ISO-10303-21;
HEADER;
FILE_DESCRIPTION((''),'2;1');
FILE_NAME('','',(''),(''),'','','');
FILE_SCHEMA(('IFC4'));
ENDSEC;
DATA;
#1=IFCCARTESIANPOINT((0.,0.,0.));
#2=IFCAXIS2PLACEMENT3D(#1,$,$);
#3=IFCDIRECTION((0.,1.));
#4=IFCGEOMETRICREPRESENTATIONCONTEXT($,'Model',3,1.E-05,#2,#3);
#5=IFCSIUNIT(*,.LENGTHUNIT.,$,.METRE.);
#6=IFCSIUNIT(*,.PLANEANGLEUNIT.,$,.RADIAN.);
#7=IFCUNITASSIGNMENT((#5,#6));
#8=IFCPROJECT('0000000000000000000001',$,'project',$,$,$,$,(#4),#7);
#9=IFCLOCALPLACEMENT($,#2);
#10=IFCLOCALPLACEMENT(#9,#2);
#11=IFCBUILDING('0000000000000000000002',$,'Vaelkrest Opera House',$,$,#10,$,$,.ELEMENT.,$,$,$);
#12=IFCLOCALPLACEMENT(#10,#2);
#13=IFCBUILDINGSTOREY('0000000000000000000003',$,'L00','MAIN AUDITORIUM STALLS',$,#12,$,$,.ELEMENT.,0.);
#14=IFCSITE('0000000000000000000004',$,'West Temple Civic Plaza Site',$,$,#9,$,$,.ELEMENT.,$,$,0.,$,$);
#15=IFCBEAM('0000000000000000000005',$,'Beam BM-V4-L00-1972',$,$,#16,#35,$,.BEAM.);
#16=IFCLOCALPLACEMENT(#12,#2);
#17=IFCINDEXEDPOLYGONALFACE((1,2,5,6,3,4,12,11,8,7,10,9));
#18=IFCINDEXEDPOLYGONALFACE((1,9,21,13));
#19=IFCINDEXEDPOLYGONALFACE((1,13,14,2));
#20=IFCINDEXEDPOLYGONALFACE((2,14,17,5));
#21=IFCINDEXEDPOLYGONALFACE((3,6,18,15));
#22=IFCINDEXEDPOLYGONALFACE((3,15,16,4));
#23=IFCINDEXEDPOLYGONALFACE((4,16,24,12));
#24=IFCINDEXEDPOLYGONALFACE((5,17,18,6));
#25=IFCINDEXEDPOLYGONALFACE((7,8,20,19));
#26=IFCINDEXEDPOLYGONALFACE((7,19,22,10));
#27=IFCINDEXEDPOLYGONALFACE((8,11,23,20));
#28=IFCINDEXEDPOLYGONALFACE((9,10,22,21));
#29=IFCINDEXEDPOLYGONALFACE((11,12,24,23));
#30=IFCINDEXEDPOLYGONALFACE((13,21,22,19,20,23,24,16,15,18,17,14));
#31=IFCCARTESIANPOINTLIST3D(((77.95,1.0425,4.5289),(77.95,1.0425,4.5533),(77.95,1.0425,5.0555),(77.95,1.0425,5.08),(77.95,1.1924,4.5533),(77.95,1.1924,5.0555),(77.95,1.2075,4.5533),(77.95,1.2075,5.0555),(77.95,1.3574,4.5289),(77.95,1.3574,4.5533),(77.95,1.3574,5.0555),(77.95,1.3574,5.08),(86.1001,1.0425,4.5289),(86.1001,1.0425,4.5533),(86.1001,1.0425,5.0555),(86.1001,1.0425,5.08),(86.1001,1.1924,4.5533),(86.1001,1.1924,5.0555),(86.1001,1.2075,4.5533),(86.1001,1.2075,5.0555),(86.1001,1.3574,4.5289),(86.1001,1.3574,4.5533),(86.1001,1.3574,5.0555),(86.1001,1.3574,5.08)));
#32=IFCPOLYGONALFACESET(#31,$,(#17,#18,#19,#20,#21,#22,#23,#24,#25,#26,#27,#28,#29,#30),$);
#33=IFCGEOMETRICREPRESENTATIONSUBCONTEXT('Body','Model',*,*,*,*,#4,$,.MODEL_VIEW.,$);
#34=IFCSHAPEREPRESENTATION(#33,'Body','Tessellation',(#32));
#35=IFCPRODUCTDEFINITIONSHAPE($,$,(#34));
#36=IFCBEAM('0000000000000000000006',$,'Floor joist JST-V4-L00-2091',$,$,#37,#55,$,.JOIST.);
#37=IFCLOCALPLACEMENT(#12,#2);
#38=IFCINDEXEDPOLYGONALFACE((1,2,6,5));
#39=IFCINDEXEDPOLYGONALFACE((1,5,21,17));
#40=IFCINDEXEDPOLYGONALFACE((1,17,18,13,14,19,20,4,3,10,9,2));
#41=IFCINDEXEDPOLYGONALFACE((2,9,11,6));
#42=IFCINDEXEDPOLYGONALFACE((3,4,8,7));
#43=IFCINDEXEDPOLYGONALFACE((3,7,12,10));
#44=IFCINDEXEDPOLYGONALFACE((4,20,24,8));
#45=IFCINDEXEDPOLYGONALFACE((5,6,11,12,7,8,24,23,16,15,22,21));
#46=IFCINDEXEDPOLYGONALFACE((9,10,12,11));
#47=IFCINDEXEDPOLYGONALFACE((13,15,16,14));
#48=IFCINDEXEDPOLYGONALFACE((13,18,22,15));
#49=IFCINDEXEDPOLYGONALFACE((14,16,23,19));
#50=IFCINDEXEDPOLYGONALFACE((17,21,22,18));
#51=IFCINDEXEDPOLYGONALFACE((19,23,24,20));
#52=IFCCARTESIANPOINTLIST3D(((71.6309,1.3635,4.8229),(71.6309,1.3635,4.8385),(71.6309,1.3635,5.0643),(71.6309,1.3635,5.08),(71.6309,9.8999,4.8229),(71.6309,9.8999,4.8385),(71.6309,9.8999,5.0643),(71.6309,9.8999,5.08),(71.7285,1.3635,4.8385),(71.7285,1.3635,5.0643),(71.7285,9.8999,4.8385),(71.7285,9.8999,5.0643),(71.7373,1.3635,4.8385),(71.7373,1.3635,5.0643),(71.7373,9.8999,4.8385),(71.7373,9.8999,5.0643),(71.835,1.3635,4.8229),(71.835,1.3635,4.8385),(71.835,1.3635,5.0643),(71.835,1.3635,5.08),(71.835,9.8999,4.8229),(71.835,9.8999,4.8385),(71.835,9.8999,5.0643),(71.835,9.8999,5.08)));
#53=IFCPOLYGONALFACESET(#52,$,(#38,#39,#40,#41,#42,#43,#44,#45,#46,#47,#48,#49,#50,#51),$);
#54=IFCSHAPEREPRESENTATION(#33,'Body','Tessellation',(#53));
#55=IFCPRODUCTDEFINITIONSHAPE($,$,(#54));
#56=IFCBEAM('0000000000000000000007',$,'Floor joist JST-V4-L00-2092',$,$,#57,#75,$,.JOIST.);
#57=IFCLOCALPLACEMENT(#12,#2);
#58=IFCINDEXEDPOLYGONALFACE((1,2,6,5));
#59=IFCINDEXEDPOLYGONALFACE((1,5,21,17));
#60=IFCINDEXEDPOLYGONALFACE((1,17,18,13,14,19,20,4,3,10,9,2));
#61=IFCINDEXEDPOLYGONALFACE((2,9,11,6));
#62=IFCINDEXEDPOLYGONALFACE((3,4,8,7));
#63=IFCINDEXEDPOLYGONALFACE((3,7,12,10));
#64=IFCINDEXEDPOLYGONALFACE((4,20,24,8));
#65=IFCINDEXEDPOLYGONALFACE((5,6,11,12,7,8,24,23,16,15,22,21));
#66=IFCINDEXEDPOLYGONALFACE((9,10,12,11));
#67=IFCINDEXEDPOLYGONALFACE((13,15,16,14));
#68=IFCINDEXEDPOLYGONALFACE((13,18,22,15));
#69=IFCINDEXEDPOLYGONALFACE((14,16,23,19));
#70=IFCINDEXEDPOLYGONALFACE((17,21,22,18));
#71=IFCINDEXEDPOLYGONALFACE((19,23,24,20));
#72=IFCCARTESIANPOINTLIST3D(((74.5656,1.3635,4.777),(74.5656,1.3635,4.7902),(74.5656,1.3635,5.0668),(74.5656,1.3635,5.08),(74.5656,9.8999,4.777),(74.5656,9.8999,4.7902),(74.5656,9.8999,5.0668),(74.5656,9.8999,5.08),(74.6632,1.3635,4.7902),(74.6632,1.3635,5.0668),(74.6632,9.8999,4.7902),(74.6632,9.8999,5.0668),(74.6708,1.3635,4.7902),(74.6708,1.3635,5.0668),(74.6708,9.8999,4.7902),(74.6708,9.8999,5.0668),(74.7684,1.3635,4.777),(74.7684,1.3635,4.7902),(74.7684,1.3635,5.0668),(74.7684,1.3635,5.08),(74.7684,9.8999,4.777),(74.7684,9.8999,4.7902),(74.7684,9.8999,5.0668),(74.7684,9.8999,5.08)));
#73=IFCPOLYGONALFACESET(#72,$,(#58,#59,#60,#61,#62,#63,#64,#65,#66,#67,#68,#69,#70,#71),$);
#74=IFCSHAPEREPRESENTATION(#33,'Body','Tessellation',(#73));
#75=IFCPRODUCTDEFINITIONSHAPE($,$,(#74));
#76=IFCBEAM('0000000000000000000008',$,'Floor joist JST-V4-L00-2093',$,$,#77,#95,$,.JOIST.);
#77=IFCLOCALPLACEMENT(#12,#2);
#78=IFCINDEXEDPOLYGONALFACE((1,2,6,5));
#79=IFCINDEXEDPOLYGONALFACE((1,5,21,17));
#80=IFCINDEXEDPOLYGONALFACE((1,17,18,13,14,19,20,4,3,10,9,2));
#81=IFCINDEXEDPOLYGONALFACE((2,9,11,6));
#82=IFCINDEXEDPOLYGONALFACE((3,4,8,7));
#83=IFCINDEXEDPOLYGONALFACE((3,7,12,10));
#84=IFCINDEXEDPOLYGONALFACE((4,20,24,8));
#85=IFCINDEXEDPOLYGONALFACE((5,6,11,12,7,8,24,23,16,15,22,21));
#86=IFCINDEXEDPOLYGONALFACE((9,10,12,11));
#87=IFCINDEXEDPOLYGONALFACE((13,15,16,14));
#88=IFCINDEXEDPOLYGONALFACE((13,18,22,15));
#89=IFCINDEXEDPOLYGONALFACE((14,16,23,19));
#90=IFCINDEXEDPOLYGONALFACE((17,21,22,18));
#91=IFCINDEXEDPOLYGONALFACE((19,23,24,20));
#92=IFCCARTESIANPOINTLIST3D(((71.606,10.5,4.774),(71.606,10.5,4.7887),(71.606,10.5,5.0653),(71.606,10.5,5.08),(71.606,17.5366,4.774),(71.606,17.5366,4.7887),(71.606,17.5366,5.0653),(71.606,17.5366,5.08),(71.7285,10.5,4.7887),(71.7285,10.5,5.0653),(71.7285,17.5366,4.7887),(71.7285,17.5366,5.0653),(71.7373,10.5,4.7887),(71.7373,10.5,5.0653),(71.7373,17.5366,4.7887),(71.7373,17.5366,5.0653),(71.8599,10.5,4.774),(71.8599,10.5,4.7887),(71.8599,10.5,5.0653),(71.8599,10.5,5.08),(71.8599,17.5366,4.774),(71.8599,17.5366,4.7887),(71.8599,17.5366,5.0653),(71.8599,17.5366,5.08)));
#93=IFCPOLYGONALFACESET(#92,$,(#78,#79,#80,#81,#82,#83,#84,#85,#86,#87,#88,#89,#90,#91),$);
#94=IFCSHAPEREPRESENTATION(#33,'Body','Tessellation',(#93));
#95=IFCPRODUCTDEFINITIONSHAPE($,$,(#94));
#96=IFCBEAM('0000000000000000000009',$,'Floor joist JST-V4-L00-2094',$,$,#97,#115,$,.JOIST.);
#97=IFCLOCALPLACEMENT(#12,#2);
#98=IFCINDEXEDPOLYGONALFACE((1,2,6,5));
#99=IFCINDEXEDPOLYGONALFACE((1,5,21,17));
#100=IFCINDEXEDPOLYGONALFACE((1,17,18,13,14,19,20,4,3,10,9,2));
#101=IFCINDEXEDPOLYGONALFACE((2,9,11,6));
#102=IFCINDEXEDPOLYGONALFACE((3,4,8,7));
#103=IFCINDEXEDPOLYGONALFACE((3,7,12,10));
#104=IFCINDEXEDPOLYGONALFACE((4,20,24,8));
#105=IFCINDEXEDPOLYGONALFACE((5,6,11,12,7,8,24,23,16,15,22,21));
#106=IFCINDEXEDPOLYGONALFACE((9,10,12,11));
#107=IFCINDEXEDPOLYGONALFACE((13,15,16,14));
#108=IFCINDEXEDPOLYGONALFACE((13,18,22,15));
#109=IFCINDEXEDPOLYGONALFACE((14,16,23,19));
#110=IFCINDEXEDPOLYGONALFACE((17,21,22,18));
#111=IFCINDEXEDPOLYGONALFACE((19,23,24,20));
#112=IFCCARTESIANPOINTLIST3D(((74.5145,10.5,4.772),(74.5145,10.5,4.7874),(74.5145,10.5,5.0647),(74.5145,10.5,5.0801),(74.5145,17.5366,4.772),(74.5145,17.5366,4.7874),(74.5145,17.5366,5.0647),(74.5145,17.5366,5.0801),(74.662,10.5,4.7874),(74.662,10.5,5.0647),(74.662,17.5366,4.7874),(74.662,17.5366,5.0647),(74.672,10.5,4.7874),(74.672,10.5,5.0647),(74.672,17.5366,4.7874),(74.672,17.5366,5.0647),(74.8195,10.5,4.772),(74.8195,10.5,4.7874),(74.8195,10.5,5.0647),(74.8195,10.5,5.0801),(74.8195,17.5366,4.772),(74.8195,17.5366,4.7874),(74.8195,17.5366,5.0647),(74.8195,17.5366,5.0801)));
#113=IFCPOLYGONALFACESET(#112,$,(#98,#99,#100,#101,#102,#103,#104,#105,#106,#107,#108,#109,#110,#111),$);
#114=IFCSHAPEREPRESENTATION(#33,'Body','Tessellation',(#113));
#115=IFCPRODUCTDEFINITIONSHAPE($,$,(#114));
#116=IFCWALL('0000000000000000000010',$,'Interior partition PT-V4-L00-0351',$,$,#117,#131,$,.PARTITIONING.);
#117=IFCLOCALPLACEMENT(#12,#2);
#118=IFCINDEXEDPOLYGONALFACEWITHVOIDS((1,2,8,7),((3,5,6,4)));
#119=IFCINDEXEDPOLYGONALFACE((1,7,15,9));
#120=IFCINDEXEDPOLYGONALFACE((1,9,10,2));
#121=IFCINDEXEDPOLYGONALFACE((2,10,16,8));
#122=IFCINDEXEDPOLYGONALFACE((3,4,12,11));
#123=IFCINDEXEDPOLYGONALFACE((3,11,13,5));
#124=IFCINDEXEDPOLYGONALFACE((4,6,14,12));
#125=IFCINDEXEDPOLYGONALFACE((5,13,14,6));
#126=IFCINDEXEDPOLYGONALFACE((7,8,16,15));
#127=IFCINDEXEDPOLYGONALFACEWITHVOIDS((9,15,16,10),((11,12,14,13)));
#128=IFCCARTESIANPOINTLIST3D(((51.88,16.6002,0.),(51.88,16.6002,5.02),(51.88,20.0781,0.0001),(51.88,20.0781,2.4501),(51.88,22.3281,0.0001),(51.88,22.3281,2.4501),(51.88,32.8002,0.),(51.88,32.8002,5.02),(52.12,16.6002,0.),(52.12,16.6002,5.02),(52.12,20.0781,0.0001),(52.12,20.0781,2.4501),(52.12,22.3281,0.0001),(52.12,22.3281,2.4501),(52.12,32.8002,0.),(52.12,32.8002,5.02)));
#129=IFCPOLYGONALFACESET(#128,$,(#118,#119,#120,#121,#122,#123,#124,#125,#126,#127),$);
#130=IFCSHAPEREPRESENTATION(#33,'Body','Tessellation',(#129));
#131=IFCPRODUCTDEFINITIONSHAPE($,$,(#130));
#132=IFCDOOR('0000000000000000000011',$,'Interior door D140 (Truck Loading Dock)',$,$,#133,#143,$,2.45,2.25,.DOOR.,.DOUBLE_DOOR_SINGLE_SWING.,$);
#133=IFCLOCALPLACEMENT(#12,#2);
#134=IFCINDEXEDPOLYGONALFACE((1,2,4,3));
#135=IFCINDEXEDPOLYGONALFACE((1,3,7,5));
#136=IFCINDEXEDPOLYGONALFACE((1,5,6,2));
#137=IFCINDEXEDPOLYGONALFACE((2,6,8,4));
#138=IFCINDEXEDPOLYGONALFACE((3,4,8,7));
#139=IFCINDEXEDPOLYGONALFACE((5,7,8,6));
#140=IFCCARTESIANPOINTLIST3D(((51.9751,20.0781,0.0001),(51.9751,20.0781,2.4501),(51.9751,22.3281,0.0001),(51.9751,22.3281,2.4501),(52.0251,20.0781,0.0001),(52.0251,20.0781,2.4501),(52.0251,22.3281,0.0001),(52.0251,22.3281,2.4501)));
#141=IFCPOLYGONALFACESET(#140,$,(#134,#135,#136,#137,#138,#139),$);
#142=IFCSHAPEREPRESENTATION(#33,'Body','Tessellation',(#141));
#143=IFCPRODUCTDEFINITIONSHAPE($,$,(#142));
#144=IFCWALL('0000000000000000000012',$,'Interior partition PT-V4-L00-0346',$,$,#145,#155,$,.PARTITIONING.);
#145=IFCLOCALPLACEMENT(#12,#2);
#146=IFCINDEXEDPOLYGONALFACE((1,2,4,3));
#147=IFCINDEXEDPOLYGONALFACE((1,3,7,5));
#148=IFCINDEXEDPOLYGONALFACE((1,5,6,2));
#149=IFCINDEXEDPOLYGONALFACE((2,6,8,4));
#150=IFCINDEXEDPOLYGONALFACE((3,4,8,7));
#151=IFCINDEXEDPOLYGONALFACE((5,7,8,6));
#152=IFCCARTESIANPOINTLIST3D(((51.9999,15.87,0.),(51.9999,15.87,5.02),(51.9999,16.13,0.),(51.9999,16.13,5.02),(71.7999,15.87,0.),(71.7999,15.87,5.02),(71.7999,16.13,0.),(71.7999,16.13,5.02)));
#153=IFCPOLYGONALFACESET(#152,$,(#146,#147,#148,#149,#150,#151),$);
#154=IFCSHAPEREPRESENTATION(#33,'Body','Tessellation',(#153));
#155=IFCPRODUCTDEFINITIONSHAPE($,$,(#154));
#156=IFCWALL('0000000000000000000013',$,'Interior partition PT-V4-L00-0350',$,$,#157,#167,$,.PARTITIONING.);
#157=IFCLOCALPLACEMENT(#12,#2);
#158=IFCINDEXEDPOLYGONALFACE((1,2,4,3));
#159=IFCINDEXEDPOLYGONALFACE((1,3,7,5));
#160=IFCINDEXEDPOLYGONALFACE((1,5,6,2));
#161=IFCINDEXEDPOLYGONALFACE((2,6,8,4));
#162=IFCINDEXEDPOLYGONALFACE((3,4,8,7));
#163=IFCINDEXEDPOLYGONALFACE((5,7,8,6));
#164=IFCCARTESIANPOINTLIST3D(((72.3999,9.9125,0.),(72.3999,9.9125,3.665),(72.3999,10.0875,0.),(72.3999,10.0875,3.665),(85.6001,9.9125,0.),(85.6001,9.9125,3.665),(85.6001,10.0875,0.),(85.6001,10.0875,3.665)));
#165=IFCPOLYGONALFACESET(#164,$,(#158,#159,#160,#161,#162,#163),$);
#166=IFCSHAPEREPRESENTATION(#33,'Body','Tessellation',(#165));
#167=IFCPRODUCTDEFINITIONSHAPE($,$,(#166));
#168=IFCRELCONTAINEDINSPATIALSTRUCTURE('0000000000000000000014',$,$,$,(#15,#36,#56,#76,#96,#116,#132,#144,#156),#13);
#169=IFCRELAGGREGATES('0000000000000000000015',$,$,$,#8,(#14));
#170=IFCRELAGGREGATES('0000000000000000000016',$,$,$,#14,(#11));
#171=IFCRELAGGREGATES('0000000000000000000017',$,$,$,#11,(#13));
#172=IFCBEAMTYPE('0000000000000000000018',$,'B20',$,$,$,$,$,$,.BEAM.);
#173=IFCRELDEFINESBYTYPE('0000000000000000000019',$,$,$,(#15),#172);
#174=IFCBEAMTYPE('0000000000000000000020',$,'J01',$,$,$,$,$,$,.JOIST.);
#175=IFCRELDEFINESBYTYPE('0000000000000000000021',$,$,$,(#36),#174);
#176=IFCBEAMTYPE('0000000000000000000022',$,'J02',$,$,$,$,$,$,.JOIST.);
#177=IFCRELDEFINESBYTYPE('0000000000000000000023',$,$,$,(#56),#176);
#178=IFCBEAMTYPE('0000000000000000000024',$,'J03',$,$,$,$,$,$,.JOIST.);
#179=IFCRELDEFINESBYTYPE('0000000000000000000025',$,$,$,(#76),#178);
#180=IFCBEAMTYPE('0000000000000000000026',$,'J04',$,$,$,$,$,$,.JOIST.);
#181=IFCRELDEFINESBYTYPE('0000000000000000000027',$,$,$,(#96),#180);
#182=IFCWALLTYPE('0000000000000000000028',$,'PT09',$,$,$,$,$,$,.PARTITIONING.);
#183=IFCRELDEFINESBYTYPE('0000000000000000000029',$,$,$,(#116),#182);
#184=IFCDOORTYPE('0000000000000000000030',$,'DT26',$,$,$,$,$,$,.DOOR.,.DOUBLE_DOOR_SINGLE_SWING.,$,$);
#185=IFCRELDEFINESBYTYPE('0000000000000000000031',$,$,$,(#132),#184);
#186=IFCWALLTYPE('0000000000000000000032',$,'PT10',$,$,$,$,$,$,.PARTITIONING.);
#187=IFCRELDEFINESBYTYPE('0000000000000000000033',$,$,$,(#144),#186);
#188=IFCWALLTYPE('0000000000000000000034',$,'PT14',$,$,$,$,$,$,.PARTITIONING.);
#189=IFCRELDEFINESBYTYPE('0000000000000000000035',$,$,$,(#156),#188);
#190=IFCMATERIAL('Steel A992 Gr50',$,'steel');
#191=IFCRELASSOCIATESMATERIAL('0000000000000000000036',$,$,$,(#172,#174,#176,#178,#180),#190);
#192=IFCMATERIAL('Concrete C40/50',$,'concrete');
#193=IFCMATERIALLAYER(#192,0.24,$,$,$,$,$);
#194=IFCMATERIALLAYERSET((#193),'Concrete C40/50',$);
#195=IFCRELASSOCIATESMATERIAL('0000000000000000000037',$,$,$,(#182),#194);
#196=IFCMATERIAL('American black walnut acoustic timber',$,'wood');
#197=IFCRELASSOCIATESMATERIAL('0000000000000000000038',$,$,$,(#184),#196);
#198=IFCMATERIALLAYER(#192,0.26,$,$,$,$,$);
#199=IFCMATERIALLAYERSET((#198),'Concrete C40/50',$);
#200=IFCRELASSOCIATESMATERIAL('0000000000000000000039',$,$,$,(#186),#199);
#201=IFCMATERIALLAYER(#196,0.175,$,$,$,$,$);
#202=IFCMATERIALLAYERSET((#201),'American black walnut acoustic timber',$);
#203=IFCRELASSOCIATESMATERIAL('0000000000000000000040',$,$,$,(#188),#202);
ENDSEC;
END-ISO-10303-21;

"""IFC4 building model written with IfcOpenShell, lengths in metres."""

from ifc_helpers import new_model, si_unit, direction, frame, frame_2d, origin, origin_2d, place, context, subcontext, project, spatial, rectangle, i_section, extrude, material, layer, layer_set, material_profile, profile_set, type_object, element, fill, save


model = new_model("IFC4")

# Units and contexts
model_context = context("Model", 3, precision=1e-05, world=origin(), true_north=direction((0.0, 1.0)))
body_context = subcontext(model_context, "Body", "Model", "MODEL_VIEW")
ifc_project = project(units=[si_unit("LENGTHUNIT", "METRE"), si_unit("PLANEANGLEUNIT", "RADIAN")], contexts=[model_context])

# Site, building, storey
site_placement = place(None, origin())
site = spatial("IfcSite", under=ifc_project, at=site_placement, Name="West Temple Civic Plaza Site", CompositionType="ELEMENT", RefElevation=0.0)
building_placement = place(site_placement, origin())
building = spatial("IfcBuilding", under=site, at=building_placement, Name="Vaelkrest Opera House", CompositionType="ELEMENT")
storey_placement = place(building_placement, origin())
storey = spatial("IfcBuildingStorey", under=building, at=storey_placement, Name="L00", Description="MAIN AUDITORIUM STALLS", CompositionType="ELEMENT", Elevation=0.0)

# Beams
ifc_material_1 = material(Name="Steel A992 Gr50", Category="steel")
ifc_material_profile_1 = material_profile(ifc_material_1, i_section(OverallWidth=0.3149, OverallDepth=0.551, WebThickness=0.0151, FlangeThickness=0.0244, at=origin_2d()), Name="W21X122")
ifc_profile_set_1 = profile_set([ifc_material_profile_1], Name="Steel A992 Gr50")
beam_type_1 = type_object("IfcBeamType", Name="B20", PredefinedType="BEAM", material=ifc_profile_set_1)
beam_1_placement = place(storey_placement, frame((77.95, 1.2, 4.8044), z_axis=(1.0, 0.0, 0.0), x_axis=(0.0, 1.0, 0.0)))
element("IfcBeam", 1, at=beam_1_placement, inside=storey, type_object=beam_type_1, Name="Beam BM-V4-L00-1972", PredefinedType="BEAM", context=body_context, shape_type="SweptSolid", body=[
    extrude(i_section(OverallWidth=0.3149, OverallDepth=0.551, WebThickness=0.0151, FlangeThickness=0.0244, at=origin_2d()), origin(), (0.0, 0.0, 1.0), 8.1501),
])
ifc_material_profile_2 = material_profile(ifc_material_1, i_section(OverallWidth=0.2041, OverallDepth=0.2571, WebThickness=0.0088, FlangeThickness=0.0156, at=origin_2d()), Name="W10X45")
ifc_profile_set_2 = profile_set([ifc_material_profile_2], Name="Steel A992 Gr50")
beam_type_2 = type_object("IfcBeamType", Name="J01", PredefinedType="JOIST", material=ifc_profile_set_2)
beam_2_placement = place(storey_placement, frame((71.7329, 1.3635, 4.9514), z_axis=(0.0, 1.0, 0.0), x_axis=(-1.0, 0.0, 0.0)))
element("IfcBeam", 2, at=beam_2_placement, inside=storey, type_object=beam_type_2, Name="Floor joist JST-V4-L00-2091", PredefinedType="JOIST", context=body_context, shape_type="SweptSolid", body=[
    extrude(i_section(OverallWidth=0.2041, OverallDepth=0.2571, WebThickness=0.0088, FlangeThickness=0.0156, at=origin_2d()), origin(), (0.0, 0.0, 1.0), 8.5364),
])
ifc_material_profile_3 = material_profile(ifc_material_1, i_section(OverallWidth=0.2029, OverallDepth=0.303, WebThickness=0.0076, FlangeThickness=0.0132, at=origin_2d()), Name="W12X40")
ifc_profile_set_3 = profile_set([ifc_material_profile_3], Name="Steel A992 Gr50")
beam_type_3 = type_object("IfcBeamType", Name="J02", PredefinedType="JOIST", material=ifc_profile_set_3)
beam_3_placement = place(storey_placement, frame((74.667, 1.3635, 4.9285), z_axis=(0.0, 1.0, 0.0), x_axis=(-1.0, 0.0, 0.0)))
element("IfcBeam", 3, at=beam_3_placement, inside=storey, type_object=beam_type_3, Name="Floor joist JST-V4-L00-2092", PredefinedType="JOIST", context=body_context, shape_type="SweptSolid", body=[
    extrude(i_section(OverallWidth=0.2029, OverallDepth=0.303, WebThickness=0.0076, FlangeThickness=0.0132, at=origin_2d()), origin(), (0.0, 0.0, 1.0), 8.5364),
])
ifc_material_profile_4 = material_profile(ifc_material_1, i_section(OverallWidth=0.2539, OverallDepth=0.3059, WebThickness=0.0088, FlangeThickness=0.0146, at=origin_2d()), Name="W12X53")
ifc_profile_set_4 = profile_set([ifc_material_profile_4], Name="Steel A992 Gr50")
beam_type_4 = type_object("IfcBeamType", Name="J03", PredefinedType="JOIST", material=ifc_profile_set_4)
beam_4_placement = place(storey_placement, frame((71.7329, 10.5, 4.927), z_axis=(0.0, 1.0, 0.0), x_axis=(-1.0, 0.0, 0.0)))
element("IfcBeam", 4, at=beam_4_placement, inside=storey, type_object=beam_type_4, Name="Floor joist JST-V4-L00-2093", PredefinedType="JOIST", context=body_context, shape_type="SweptSolid", body=[
    extrude(i_section(OverallWidth=0.2539, OverallDepth=0.3059, WebThickness=0.0088, FlangeThickness=0.0146, at=origin_2d()), origin(), (0.0, 0.0, 1.0), 7.0366),
])
ifc_material_profile_5 = material_profile(ifc_material_1, i_section(OverallWidth=0.3049, OverallDepth=0.3081, WebThickness=0.01, FlangeThickness=0.0154, at=origin_2d()), Name="W12X65")
ifc_profile_set_5 = profile_set([ifc_material_profile_5], Name="Steel A992 Gr50")
beam_type_5 = type_object("IfcBeamType", Name="J04", PredefinedType="JOIST", material=ifc_profile_set_5)
beam_5_placement = place(storey_placement, frame((74.667, 10.5, 4.926), z_axis=(0.0, 1.0, 0.0), x_axis=(-1.0, 0.0, 0.0)))
element("IfcBeam", 5, at=beam_5_placement, inside=storey, type_object=beam_type_5, Name="Floor joist JST-V4-L00-2094", PredefinedType="JOIST", context=body_context, shape_type="SweptSolid", body=[
    extrude(i_section(OverallWidth=0.3049, OverallDepth=0.3081, WebThickness=0.01, FlangeThickness=0.0154, at=origin_2d()), origin(), (0.0, 0.0, 1.0), 7.0366),
])

# Wall, opening, door
ifc_material_2 = material(Name="Concrete C40/50", Category="concrete")
ifc_layer_1 = layer(ifc_material_2, 0.24)
ifc_layer_set_1 = layer_set([ifc_layer_1], Name="Concrete C40/50")
wall_type_1 = type_object("IfcWallType", Name="PT09", PredefinedType="PARTITIONING", material=ifc_layer_set_1)
wall_1_placement = place(storey_placement, frame((52.0, 16.6001, 0.0), z_axis=(0.0, 0.0, 1.0), x_axis=(0.0, 1.0, 0.0)))
wall_1 = element("IfcWall", 6, at=wall_1_placement, inside=storey, type_object=wall_type_1, Name="Interior partition PT-V4-L00-0351", PredefinedType="PARTITIONING", context=body_context, shape_type="SweptSolid", body=[
    extrude(rectangle(XDim=16.2, YDim=0.24, at=frame_2d((8.1001, 0.0))), origin(), (0.0, 0.0, 1.0), 5.02),
])
opening_placement = place(wall_1_placement, frame((3.478, 0.0, 0.0)))
opening = element("IfcOpeningElement", 7, at=opening_placement, cuts=wall_1, PredefinedType="OPENING", context=body_context, shape_type="SweptSolid", body=[
    extrude(rectangle(XDim=2.25, YDim=2.45, at=frame_2d((1.125, 1.2251))), frame((0.0, 0.1299, 0.0), z_axis=(0.0, -1.0, 0.0), x_axis=(1.0, 0.0, 0.0)), (0.0, 0.0, 1.0), 0.26),
])
ifc_material_3 = material(Name="American black walnut acoustic timber", Category="wood")
door_type = type_object("IfcDoorType", Name="DT26", OperationType="DOUBLE_DOOR_SINGLE_SWING", PredefinedType="DOOR", material=ifc_material_3)
door_placement = place(opening_placement, origin())
door = element("IfcDoor", 8, at=door_placement, inside=storey, type_object=door_type, Name="Interior door D140 (Truck Loading Dock)", OperationType="DOUBLE_DOOR_SINGLE_SWING", OverallHeight=2.45, OverallWidth=2.25, PredefinedType="DOOR", context=body_context, shape_type="SweptSolid", body=[
    extrude(rectangle(XDim=2.25, YDim=2.45, at=frame_2d((1.125, 1.2251))), frame((0.0, 0.0249, 0.0), z_axis=(0.0, -1.0, 0.0), x_axis=(1.0, 0.0, 0.0)), (0.0, 0.0, 1.0), 0.05),
])
fill(opening, door)

# Walls
ifc_layer_2 = layer(ifc_material_2, 0.26)
ifc_layer_set_2 = layer_set([ifc_layer_2], Name="Concrete C40/50")
wall_type_2 = type_object("IfcWallType", Name="PT10", PredefinedType="PARTITIONING", material=ifc_layer_set_2)
wall_2_placement = place(storey_placement, frame((52.0, 16.0, 0.0), z_axis=(0.0, 0.0, 1.0), x_axis=(1.0, 0.0, 0.0)))
element("IfcWall", 9, at=wall_2_placement, inside=storey, type_object=wall_type_2, Name="Interior partition PT-V4-L00-0346", PredefinedType="PARTITIONING", context=body_context, shape_type="SweptSolid", body=[
    extrude(rectangle(XDim=19.8, YDim=0.26, at=frame_2d((9.8999, 0.0))), origin(), (0.0, 0.0, 1.0), 5.02),
])
ifc_layer_3 = layer(ifc_material_3, 0.175)
ifc_layer_set_3 = layer_set([ifc_layer_3], Name="American black walnut acoustic timber")
wall_type_3 = type_object("IfcWallType", Name="PT14", PredefinedType="PARTITIONING", material=ifc_layer_set_3)
wall_3_placement = place(storey_placement, frame((72.3999, 10.0, 0.0), z_axis=(0.0, 0.0, 1.0), x_axis=(1.0, 0.0, 0.0)))
element("IfcWall", 10, at=wall_3_placement, inside=storey, type_object=wall_type_3, Name="Interior partition PT-V4-L00-0350", PredefinedType="PARTITIONING", context=body_context, shape_type="SweptSolid", body=[
    extrude(rectangle(XDim=13.2002, YDim=0.175, at=frame_2d((6.6001, 0.0))), origin(), (0.0, 0.0, 1.0), 3.665),
])

save(model, "model.ifc")
